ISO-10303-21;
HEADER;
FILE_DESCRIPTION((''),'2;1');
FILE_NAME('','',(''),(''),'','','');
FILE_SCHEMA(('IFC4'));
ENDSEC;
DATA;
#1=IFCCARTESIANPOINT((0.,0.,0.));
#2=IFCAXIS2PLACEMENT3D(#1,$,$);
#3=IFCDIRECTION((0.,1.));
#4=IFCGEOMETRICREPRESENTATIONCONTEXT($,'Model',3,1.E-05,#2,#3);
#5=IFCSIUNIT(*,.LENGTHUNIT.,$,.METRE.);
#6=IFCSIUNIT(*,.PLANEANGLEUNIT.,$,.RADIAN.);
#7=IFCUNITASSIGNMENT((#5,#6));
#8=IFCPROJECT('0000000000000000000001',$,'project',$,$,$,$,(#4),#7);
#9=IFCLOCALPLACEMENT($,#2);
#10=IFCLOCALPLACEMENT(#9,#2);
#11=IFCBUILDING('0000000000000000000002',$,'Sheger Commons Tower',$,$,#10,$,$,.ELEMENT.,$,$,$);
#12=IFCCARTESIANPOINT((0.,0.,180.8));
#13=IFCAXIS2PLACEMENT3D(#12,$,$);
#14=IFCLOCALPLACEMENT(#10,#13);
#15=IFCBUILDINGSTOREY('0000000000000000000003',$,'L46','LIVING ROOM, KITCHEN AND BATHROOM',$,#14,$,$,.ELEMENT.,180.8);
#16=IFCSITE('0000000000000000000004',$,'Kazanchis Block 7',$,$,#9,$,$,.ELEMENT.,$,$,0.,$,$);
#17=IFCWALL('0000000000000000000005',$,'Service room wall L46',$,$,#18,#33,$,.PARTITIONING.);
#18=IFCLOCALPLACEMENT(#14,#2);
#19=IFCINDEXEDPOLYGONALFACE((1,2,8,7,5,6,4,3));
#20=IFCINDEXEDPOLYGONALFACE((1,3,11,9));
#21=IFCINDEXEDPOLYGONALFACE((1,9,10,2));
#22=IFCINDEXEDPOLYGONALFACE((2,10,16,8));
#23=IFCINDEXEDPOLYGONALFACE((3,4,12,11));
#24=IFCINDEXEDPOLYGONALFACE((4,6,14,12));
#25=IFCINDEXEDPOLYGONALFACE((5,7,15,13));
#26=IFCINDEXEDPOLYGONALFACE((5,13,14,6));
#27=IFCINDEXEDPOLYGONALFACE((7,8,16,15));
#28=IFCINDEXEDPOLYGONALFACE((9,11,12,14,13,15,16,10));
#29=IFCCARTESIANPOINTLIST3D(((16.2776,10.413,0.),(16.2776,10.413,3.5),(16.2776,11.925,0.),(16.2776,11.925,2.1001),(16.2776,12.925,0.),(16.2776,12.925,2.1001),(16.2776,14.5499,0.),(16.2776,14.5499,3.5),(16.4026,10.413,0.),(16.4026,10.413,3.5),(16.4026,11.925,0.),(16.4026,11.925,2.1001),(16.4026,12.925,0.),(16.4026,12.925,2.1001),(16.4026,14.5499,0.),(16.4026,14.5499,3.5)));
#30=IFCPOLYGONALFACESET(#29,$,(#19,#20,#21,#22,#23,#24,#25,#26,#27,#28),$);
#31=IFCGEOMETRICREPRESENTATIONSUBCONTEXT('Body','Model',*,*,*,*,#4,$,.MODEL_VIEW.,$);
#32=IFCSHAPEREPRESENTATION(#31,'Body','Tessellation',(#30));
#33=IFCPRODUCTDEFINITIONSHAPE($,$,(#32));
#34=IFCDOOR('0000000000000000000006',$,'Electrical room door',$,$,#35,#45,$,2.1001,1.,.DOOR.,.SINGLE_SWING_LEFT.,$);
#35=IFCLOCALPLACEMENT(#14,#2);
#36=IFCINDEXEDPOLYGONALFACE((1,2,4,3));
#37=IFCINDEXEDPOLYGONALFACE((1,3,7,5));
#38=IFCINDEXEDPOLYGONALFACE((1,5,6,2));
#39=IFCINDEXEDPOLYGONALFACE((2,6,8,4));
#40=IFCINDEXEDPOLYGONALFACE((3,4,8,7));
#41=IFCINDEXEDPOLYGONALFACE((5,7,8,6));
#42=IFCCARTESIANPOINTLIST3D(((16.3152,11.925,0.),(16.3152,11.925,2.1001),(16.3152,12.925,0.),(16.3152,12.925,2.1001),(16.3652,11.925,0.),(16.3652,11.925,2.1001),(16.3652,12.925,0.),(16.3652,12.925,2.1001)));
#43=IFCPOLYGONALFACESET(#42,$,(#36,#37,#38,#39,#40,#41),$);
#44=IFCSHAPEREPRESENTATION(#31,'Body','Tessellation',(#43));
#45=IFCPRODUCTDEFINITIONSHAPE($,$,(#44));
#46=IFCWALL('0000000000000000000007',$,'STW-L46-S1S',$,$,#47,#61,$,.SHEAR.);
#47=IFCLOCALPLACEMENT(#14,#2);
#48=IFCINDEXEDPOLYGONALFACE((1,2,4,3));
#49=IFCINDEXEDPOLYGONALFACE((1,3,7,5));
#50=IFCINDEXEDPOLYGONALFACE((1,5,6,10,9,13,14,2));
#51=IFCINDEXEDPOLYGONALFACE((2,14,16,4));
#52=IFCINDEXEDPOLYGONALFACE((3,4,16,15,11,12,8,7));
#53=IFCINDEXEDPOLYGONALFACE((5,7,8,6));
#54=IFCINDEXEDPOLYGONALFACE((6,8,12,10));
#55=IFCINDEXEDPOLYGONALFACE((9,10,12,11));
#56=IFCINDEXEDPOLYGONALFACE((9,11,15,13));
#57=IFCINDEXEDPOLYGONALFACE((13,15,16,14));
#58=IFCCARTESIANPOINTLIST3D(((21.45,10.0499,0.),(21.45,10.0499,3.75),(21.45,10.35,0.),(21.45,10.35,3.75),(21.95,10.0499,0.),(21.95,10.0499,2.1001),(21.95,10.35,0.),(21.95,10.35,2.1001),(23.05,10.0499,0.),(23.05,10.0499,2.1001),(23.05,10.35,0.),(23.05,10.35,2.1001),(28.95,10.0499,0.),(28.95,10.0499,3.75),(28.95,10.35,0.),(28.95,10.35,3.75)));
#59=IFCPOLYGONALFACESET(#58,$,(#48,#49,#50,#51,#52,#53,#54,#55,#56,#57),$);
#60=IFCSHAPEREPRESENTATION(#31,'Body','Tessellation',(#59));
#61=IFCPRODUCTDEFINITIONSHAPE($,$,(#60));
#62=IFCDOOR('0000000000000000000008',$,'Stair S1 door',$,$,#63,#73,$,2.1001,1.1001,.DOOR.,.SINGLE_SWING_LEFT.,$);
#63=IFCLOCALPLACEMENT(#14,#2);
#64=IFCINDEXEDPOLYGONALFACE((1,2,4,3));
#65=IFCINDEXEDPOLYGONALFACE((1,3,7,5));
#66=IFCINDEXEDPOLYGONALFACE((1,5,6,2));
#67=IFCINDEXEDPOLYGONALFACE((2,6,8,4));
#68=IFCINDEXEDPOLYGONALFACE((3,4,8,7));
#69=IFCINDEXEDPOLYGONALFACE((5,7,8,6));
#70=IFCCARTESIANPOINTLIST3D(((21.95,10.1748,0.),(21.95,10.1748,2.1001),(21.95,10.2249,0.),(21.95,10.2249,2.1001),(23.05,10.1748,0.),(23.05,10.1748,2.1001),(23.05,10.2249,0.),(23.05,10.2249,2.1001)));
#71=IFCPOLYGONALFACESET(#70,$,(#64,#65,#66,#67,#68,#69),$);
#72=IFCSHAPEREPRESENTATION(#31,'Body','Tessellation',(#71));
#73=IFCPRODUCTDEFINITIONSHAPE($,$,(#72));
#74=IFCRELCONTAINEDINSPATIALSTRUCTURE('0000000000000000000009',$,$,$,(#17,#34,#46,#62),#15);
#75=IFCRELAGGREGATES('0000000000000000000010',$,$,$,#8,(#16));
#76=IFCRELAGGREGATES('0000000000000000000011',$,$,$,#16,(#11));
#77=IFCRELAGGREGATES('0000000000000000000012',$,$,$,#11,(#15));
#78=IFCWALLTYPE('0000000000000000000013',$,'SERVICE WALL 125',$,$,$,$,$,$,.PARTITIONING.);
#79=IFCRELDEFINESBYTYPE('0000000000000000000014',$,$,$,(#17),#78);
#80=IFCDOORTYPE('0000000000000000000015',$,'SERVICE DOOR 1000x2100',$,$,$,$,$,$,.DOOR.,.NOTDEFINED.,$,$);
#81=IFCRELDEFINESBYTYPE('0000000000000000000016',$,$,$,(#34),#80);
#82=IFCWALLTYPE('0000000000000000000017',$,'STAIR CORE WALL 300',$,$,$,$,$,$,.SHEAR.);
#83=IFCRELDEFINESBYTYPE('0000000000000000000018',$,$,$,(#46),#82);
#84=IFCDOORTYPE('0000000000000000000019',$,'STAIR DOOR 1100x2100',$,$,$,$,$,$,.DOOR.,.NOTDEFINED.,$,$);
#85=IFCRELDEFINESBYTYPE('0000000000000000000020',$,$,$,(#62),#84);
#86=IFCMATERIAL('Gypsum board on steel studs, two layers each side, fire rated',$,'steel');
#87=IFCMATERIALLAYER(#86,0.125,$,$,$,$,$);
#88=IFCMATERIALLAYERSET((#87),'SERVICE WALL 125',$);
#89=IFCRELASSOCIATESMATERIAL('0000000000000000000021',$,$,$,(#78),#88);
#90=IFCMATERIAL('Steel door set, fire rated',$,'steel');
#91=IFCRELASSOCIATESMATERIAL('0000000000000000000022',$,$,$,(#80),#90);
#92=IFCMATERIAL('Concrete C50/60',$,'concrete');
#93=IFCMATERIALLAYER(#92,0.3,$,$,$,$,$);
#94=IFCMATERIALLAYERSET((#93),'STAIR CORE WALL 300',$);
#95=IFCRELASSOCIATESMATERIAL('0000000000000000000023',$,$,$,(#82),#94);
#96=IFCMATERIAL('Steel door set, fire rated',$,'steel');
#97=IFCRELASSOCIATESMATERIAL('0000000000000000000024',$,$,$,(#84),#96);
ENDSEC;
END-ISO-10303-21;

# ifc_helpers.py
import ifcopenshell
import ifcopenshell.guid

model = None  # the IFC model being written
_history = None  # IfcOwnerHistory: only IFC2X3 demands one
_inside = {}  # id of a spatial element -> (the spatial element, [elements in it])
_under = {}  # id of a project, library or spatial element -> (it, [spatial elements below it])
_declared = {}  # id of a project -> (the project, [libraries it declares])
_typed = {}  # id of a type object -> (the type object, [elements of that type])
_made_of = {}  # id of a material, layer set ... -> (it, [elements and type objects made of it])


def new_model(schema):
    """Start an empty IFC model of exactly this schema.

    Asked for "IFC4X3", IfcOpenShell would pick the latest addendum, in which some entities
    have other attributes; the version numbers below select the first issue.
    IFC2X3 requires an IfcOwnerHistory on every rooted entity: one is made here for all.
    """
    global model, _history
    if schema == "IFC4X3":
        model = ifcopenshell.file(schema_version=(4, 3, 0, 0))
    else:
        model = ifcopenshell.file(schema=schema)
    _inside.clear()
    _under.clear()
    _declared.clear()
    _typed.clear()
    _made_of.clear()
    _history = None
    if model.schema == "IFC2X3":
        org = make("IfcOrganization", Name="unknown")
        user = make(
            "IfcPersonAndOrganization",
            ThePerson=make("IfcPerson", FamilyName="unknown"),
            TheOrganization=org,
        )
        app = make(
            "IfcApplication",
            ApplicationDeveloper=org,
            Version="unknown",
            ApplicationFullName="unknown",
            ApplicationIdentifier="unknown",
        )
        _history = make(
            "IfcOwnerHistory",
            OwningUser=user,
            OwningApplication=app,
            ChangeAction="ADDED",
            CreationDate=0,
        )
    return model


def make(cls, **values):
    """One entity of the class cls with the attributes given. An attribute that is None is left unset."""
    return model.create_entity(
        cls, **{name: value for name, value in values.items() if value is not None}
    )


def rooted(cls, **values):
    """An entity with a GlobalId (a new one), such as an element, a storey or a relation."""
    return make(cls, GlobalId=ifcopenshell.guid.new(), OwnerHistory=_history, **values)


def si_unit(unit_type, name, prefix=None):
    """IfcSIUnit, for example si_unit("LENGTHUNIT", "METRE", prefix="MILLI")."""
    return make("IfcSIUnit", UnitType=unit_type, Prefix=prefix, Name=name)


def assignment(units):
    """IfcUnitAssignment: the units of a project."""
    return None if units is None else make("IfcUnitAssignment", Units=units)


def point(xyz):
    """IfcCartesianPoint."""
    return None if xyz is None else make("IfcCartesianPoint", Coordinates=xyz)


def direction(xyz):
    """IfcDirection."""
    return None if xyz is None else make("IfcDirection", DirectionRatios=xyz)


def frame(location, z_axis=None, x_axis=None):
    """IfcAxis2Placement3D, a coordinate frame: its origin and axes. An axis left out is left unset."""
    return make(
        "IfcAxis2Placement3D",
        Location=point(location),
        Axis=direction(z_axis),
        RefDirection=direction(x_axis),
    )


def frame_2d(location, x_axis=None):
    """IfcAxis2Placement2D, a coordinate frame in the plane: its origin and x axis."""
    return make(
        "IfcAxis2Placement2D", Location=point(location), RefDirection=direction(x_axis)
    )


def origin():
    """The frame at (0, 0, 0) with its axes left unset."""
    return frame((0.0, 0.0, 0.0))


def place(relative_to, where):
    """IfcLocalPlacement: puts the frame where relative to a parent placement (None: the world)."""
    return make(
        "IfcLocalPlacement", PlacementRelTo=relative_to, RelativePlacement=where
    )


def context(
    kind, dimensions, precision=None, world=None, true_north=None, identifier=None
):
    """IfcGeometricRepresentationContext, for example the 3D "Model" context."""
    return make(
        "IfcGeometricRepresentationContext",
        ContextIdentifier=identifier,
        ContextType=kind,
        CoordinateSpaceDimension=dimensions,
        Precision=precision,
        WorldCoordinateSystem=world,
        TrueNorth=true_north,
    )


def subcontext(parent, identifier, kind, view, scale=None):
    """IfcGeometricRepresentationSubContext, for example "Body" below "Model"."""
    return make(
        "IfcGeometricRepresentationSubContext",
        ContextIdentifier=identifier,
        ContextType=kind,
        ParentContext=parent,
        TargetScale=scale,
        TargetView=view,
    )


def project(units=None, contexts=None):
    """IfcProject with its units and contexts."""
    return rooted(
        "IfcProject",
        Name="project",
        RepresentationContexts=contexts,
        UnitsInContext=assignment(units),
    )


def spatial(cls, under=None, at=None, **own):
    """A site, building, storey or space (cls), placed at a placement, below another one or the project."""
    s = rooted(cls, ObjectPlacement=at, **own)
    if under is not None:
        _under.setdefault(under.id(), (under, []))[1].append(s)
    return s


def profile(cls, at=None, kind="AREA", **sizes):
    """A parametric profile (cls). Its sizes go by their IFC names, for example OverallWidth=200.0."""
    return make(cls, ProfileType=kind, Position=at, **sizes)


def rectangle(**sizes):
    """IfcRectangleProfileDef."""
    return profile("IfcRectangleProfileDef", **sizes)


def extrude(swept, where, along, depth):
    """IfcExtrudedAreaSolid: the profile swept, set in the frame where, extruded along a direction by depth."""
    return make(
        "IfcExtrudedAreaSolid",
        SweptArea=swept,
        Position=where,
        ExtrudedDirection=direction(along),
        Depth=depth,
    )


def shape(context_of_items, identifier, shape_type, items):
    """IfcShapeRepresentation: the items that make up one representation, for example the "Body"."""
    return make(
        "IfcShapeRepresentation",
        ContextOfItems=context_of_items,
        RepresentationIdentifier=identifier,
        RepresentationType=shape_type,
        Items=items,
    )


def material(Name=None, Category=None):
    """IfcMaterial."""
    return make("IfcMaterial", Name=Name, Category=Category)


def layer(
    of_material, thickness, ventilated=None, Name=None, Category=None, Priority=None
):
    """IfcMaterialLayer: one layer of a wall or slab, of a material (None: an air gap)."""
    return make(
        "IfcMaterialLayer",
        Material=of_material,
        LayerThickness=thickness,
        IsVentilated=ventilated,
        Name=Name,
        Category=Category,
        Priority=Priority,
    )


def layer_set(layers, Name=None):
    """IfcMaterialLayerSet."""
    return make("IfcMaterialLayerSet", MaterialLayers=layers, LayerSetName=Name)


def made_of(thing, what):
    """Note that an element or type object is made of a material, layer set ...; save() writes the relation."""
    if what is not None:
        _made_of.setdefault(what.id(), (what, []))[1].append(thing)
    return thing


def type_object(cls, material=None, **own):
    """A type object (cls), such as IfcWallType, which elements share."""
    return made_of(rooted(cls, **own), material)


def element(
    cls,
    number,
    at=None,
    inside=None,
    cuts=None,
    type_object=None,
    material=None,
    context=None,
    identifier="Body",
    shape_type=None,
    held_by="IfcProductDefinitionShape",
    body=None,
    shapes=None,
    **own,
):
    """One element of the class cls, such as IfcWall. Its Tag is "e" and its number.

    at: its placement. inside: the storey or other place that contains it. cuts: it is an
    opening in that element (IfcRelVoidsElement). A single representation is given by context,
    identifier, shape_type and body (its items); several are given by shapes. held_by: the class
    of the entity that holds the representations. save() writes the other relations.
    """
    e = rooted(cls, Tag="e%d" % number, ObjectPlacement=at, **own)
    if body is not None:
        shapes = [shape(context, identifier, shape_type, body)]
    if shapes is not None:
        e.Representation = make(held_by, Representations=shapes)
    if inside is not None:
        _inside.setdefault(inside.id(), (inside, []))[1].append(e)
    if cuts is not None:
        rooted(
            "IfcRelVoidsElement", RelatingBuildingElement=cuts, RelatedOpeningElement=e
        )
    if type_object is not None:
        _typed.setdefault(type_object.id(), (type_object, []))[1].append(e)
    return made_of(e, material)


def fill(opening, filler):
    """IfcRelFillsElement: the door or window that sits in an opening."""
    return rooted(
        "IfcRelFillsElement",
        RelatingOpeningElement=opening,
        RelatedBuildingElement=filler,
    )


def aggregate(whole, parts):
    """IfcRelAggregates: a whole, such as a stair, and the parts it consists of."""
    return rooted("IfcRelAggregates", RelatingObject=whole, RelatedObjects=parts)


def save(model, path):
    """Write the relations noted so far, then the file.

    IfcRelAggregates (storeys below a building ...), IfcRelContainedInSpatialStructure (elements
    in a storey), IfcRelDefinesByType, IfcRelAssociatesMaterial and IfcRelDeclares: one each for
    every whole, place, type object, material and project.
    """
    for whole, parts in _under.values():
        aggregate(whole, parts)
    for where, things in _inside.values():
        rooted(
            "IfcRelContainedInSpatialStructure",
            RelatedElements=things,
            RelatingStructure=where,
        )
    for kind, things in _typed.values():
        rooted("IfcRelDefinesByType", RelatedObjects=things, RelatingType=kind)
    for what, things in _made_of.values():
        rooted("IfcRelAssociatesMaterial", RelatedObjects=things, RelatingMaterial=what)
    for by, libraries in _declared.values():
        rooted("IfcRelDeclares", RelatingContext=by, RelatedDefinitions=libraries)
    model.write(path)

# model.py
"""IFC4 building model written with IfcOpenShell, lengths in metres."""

from ifc_helpers import new_model, si_unit, direction, frame, frame_2d, origin, place, context, subcontext, project, spatial, rectangle, extrude, material, layer, layer_set, type_object, element, fill, save


model = new_model("IFC4")

# Units and contexts
model_context = context("Model", 3, precision=1e-05, world=origin(), true_north=direction((0.0, 1.0)))
body_context = subcontext(model_context, "Body", "Model", "MODEL_VIEW")
ifc_project = project(units=[si_unit("LENGTHUNIT", "METRE"), si_unit("PLANEANGLEUNIT", "RADIAN")], contexts=[model_context])

# Site, building, storey
site_placement = place(None, origin())
site = spatial("IfcSite", under=ifc_project, at=site_placement, Name="Kazanchis Block 7", CompositionType="ELEMENT", RefElevation=0.0)
building_placement = place(site_placement, origin())
building = spatial("IfcBuilding", under=site, at=building_placement, Name="Sheger Commons Tower", CompositionType="ELEMENT")
storey_placement = place(building_placement, frame((0.0, 0.0, 180.8)))
storey = spatial("IfcBuildingStorey", under=building, at=storey_placement, Name="L46", Description="LIVING ROOM, KITCHEN AND BATHROOM", CompositionType="ELEMENT", Elevation=180.8)

# Shared definitions
ifc_material_1 = material(Name="Gypsum board on steel studs, two layers each side, fire rated", Category="steel")
ifc_layer_1 = layer(ifc_material_1, 0.125)
ifc_layer_set_1 = layer_set([ifc_layer_1], Name="SERVICE WALL 125")
wall_type_1 = type_object("IfcWallType", Name="SERVICE WALL 125", PredefinedType="PARTITIONING", material=ifc_layer_set_1)
ifc_material_2 = material(Name="Steel door set, fire rated", Category="steel")
door_type_1 = type_object("IfcDoorType", Name="SERVICE DOOR 1000x2100", OperationType="NOTDEFINED", PredefinedType="DOOR", material=ifc_material_2)

# Walls, openings, doors
wall_1_placement = place(storey_placement, frame((16.3401, 10.4131, 0.0), z_axis=(0.0, 0.0, 1.0), x_axis=(0.0, 1.0, 0.0)))
wall_1 = element("IfcWall", 1, at=wall_1_placement, inside=storey, type_object=wall_type_1, Name="Service room wall L46", PredefinedType="PARTITIONING", context=body_context, shape_type="SweptSolid", body=[
    extrude(rectangle(XDim=4.137, YDim=0.125, at=frame_2d((2.0684, 0.0))), origin(), (0.0, 0.0, 1.0), 3.5),
])
opening_1_placement = place(wall_1_placement, frame((1.512, 0.0, 0.0)))
opening_1 = element("IfcOpeningElement", 2, at=opening_1_placement, cuts=wall_1, PredefinedType="OPENING", context=body_context, shape_type="SweptSolid", body=[
    extrude(rectangle(XDim=1.0, YDim=2.1001, at=frame_2d((0.5, 1.05))), frame((0.0, 0.0725, 0.0), z_axis=(0.0, -1.0, 0.0), x_axis=(1.0, 0.0, 0.0)), (0.0, 0.0, 1.0), 0.145),
])
door_1_placement = place(opening_1_placement, origin())
door_1 = element("IfcDoor", 3, at=door_1_placement, inside=storey, type_object=door_type_1, Name="Electrical room door", OperationType="SINGLE_SWING_LEFT", OverallHeight=2.1001, OverallWidth=1.0, PredefinedType="DOOR", context=body_context, shape_type="SweptSolid", body=[
    extrude(rectangle(XDim=1.0, YDim=2.1001, at=frame_2d((0.5, 1.05))), frame((0.0, 0.0249, 0.0), z_axis=(0.0, -1.0, 0.0), x_axis=(1.0, 0.0, 0.0)), (0.0, 0.0, 1.0), 0.05),
])
fill(opening_1, door_1)
ifc_material_3 = material(Name="Concrete C50/60", Category="concrete")
ifc_layer_2 = layer(ifc_material_3, 0.3)
ifc_layer_set_2 = layer_set([ifc_layer_2], Name="STAIR CORE WALL 300")
wall_type_2 = type_object("IfcWallType", Name="STAIR CORE WALL 300", PredefinedType="SHEAR", material=ifc_layer_set_2)
wall_2_placement = place(storey_placement, frame((21.45, 10.2, 0.0), z_axis=(0.0, 0.0, 1.0), x_axis=(1.0, 0.0, 0.0)))
wall_2 = element("IfcWall", 4, at=wall_2_placement, inside=storey, type_object=wall_type_2, Name="STW-L46-S1S", PredefinedType="SHEAR", context=body_context, shape_type="SweptSolid", body=[
    extrude(rectangle(XDim=7.5, YDim=0.3, at=frame_2d((3.75, 0.0))), origin(), (0.0, 0.0, 1.0), 3.75),
])
opening_2_placement = place(wall_2_placement, frame((0.5, 0.0, 0.0)))
opening_2 = element("IfcOpeningElement", 5, at=opening_2_placement, cuts=wall_2, PredefinedType="OPENING", context=body_context, shape_type="SweptSolid", body=[
    extrude(rectangle(XDim=1.1001, YDim=2.1001, at=frame_2d((0.55, 1.05))), frame((0.0, 0.1599, 0.0), z_axis=(0.0, -1.0, 0.0), x_axis=(1.0, 0.0, 0.0)), (0.0, 0.0, 1.0), 0.3201),
])
ifc_material_4 = material(Name="Steel door set, fire rated", Category="steel")
door_type_2 = type_object("IfcDoorType", Name="STAIR DOOR 1100x2100", OperationType="NOTDEFINED", PredefinedType="DOOR", material=ifc_material_4)
door_2_placement = place(opening_2_placement, origin())
door_2 = element("IfcDoor", 6, at=door_2_placement, inside=storey, type_object=door_type_2, Name="Stair S1 door", OperationType="SINGLE_SWING_LEFT", OverallHeight=2.1001, OverallWidth=1.1001, PredefinedType="DOOR", context=body_context, shape_type="SweptSolid", body=[
    extrude(rectangle(XDim=1.1001, YDim=2.1001, at=frame_2d((0.55, 1.05))), frame((0.0, 0.0249, 0.0), z_axis=(0.0, -1.0, 0.0), x_axis=(1.0, 0.0, 0.0)), (0.0, 0.0, 1.0), 0.05),
])
fill(opening_2, door_2)

save(model, "model.ifc")
